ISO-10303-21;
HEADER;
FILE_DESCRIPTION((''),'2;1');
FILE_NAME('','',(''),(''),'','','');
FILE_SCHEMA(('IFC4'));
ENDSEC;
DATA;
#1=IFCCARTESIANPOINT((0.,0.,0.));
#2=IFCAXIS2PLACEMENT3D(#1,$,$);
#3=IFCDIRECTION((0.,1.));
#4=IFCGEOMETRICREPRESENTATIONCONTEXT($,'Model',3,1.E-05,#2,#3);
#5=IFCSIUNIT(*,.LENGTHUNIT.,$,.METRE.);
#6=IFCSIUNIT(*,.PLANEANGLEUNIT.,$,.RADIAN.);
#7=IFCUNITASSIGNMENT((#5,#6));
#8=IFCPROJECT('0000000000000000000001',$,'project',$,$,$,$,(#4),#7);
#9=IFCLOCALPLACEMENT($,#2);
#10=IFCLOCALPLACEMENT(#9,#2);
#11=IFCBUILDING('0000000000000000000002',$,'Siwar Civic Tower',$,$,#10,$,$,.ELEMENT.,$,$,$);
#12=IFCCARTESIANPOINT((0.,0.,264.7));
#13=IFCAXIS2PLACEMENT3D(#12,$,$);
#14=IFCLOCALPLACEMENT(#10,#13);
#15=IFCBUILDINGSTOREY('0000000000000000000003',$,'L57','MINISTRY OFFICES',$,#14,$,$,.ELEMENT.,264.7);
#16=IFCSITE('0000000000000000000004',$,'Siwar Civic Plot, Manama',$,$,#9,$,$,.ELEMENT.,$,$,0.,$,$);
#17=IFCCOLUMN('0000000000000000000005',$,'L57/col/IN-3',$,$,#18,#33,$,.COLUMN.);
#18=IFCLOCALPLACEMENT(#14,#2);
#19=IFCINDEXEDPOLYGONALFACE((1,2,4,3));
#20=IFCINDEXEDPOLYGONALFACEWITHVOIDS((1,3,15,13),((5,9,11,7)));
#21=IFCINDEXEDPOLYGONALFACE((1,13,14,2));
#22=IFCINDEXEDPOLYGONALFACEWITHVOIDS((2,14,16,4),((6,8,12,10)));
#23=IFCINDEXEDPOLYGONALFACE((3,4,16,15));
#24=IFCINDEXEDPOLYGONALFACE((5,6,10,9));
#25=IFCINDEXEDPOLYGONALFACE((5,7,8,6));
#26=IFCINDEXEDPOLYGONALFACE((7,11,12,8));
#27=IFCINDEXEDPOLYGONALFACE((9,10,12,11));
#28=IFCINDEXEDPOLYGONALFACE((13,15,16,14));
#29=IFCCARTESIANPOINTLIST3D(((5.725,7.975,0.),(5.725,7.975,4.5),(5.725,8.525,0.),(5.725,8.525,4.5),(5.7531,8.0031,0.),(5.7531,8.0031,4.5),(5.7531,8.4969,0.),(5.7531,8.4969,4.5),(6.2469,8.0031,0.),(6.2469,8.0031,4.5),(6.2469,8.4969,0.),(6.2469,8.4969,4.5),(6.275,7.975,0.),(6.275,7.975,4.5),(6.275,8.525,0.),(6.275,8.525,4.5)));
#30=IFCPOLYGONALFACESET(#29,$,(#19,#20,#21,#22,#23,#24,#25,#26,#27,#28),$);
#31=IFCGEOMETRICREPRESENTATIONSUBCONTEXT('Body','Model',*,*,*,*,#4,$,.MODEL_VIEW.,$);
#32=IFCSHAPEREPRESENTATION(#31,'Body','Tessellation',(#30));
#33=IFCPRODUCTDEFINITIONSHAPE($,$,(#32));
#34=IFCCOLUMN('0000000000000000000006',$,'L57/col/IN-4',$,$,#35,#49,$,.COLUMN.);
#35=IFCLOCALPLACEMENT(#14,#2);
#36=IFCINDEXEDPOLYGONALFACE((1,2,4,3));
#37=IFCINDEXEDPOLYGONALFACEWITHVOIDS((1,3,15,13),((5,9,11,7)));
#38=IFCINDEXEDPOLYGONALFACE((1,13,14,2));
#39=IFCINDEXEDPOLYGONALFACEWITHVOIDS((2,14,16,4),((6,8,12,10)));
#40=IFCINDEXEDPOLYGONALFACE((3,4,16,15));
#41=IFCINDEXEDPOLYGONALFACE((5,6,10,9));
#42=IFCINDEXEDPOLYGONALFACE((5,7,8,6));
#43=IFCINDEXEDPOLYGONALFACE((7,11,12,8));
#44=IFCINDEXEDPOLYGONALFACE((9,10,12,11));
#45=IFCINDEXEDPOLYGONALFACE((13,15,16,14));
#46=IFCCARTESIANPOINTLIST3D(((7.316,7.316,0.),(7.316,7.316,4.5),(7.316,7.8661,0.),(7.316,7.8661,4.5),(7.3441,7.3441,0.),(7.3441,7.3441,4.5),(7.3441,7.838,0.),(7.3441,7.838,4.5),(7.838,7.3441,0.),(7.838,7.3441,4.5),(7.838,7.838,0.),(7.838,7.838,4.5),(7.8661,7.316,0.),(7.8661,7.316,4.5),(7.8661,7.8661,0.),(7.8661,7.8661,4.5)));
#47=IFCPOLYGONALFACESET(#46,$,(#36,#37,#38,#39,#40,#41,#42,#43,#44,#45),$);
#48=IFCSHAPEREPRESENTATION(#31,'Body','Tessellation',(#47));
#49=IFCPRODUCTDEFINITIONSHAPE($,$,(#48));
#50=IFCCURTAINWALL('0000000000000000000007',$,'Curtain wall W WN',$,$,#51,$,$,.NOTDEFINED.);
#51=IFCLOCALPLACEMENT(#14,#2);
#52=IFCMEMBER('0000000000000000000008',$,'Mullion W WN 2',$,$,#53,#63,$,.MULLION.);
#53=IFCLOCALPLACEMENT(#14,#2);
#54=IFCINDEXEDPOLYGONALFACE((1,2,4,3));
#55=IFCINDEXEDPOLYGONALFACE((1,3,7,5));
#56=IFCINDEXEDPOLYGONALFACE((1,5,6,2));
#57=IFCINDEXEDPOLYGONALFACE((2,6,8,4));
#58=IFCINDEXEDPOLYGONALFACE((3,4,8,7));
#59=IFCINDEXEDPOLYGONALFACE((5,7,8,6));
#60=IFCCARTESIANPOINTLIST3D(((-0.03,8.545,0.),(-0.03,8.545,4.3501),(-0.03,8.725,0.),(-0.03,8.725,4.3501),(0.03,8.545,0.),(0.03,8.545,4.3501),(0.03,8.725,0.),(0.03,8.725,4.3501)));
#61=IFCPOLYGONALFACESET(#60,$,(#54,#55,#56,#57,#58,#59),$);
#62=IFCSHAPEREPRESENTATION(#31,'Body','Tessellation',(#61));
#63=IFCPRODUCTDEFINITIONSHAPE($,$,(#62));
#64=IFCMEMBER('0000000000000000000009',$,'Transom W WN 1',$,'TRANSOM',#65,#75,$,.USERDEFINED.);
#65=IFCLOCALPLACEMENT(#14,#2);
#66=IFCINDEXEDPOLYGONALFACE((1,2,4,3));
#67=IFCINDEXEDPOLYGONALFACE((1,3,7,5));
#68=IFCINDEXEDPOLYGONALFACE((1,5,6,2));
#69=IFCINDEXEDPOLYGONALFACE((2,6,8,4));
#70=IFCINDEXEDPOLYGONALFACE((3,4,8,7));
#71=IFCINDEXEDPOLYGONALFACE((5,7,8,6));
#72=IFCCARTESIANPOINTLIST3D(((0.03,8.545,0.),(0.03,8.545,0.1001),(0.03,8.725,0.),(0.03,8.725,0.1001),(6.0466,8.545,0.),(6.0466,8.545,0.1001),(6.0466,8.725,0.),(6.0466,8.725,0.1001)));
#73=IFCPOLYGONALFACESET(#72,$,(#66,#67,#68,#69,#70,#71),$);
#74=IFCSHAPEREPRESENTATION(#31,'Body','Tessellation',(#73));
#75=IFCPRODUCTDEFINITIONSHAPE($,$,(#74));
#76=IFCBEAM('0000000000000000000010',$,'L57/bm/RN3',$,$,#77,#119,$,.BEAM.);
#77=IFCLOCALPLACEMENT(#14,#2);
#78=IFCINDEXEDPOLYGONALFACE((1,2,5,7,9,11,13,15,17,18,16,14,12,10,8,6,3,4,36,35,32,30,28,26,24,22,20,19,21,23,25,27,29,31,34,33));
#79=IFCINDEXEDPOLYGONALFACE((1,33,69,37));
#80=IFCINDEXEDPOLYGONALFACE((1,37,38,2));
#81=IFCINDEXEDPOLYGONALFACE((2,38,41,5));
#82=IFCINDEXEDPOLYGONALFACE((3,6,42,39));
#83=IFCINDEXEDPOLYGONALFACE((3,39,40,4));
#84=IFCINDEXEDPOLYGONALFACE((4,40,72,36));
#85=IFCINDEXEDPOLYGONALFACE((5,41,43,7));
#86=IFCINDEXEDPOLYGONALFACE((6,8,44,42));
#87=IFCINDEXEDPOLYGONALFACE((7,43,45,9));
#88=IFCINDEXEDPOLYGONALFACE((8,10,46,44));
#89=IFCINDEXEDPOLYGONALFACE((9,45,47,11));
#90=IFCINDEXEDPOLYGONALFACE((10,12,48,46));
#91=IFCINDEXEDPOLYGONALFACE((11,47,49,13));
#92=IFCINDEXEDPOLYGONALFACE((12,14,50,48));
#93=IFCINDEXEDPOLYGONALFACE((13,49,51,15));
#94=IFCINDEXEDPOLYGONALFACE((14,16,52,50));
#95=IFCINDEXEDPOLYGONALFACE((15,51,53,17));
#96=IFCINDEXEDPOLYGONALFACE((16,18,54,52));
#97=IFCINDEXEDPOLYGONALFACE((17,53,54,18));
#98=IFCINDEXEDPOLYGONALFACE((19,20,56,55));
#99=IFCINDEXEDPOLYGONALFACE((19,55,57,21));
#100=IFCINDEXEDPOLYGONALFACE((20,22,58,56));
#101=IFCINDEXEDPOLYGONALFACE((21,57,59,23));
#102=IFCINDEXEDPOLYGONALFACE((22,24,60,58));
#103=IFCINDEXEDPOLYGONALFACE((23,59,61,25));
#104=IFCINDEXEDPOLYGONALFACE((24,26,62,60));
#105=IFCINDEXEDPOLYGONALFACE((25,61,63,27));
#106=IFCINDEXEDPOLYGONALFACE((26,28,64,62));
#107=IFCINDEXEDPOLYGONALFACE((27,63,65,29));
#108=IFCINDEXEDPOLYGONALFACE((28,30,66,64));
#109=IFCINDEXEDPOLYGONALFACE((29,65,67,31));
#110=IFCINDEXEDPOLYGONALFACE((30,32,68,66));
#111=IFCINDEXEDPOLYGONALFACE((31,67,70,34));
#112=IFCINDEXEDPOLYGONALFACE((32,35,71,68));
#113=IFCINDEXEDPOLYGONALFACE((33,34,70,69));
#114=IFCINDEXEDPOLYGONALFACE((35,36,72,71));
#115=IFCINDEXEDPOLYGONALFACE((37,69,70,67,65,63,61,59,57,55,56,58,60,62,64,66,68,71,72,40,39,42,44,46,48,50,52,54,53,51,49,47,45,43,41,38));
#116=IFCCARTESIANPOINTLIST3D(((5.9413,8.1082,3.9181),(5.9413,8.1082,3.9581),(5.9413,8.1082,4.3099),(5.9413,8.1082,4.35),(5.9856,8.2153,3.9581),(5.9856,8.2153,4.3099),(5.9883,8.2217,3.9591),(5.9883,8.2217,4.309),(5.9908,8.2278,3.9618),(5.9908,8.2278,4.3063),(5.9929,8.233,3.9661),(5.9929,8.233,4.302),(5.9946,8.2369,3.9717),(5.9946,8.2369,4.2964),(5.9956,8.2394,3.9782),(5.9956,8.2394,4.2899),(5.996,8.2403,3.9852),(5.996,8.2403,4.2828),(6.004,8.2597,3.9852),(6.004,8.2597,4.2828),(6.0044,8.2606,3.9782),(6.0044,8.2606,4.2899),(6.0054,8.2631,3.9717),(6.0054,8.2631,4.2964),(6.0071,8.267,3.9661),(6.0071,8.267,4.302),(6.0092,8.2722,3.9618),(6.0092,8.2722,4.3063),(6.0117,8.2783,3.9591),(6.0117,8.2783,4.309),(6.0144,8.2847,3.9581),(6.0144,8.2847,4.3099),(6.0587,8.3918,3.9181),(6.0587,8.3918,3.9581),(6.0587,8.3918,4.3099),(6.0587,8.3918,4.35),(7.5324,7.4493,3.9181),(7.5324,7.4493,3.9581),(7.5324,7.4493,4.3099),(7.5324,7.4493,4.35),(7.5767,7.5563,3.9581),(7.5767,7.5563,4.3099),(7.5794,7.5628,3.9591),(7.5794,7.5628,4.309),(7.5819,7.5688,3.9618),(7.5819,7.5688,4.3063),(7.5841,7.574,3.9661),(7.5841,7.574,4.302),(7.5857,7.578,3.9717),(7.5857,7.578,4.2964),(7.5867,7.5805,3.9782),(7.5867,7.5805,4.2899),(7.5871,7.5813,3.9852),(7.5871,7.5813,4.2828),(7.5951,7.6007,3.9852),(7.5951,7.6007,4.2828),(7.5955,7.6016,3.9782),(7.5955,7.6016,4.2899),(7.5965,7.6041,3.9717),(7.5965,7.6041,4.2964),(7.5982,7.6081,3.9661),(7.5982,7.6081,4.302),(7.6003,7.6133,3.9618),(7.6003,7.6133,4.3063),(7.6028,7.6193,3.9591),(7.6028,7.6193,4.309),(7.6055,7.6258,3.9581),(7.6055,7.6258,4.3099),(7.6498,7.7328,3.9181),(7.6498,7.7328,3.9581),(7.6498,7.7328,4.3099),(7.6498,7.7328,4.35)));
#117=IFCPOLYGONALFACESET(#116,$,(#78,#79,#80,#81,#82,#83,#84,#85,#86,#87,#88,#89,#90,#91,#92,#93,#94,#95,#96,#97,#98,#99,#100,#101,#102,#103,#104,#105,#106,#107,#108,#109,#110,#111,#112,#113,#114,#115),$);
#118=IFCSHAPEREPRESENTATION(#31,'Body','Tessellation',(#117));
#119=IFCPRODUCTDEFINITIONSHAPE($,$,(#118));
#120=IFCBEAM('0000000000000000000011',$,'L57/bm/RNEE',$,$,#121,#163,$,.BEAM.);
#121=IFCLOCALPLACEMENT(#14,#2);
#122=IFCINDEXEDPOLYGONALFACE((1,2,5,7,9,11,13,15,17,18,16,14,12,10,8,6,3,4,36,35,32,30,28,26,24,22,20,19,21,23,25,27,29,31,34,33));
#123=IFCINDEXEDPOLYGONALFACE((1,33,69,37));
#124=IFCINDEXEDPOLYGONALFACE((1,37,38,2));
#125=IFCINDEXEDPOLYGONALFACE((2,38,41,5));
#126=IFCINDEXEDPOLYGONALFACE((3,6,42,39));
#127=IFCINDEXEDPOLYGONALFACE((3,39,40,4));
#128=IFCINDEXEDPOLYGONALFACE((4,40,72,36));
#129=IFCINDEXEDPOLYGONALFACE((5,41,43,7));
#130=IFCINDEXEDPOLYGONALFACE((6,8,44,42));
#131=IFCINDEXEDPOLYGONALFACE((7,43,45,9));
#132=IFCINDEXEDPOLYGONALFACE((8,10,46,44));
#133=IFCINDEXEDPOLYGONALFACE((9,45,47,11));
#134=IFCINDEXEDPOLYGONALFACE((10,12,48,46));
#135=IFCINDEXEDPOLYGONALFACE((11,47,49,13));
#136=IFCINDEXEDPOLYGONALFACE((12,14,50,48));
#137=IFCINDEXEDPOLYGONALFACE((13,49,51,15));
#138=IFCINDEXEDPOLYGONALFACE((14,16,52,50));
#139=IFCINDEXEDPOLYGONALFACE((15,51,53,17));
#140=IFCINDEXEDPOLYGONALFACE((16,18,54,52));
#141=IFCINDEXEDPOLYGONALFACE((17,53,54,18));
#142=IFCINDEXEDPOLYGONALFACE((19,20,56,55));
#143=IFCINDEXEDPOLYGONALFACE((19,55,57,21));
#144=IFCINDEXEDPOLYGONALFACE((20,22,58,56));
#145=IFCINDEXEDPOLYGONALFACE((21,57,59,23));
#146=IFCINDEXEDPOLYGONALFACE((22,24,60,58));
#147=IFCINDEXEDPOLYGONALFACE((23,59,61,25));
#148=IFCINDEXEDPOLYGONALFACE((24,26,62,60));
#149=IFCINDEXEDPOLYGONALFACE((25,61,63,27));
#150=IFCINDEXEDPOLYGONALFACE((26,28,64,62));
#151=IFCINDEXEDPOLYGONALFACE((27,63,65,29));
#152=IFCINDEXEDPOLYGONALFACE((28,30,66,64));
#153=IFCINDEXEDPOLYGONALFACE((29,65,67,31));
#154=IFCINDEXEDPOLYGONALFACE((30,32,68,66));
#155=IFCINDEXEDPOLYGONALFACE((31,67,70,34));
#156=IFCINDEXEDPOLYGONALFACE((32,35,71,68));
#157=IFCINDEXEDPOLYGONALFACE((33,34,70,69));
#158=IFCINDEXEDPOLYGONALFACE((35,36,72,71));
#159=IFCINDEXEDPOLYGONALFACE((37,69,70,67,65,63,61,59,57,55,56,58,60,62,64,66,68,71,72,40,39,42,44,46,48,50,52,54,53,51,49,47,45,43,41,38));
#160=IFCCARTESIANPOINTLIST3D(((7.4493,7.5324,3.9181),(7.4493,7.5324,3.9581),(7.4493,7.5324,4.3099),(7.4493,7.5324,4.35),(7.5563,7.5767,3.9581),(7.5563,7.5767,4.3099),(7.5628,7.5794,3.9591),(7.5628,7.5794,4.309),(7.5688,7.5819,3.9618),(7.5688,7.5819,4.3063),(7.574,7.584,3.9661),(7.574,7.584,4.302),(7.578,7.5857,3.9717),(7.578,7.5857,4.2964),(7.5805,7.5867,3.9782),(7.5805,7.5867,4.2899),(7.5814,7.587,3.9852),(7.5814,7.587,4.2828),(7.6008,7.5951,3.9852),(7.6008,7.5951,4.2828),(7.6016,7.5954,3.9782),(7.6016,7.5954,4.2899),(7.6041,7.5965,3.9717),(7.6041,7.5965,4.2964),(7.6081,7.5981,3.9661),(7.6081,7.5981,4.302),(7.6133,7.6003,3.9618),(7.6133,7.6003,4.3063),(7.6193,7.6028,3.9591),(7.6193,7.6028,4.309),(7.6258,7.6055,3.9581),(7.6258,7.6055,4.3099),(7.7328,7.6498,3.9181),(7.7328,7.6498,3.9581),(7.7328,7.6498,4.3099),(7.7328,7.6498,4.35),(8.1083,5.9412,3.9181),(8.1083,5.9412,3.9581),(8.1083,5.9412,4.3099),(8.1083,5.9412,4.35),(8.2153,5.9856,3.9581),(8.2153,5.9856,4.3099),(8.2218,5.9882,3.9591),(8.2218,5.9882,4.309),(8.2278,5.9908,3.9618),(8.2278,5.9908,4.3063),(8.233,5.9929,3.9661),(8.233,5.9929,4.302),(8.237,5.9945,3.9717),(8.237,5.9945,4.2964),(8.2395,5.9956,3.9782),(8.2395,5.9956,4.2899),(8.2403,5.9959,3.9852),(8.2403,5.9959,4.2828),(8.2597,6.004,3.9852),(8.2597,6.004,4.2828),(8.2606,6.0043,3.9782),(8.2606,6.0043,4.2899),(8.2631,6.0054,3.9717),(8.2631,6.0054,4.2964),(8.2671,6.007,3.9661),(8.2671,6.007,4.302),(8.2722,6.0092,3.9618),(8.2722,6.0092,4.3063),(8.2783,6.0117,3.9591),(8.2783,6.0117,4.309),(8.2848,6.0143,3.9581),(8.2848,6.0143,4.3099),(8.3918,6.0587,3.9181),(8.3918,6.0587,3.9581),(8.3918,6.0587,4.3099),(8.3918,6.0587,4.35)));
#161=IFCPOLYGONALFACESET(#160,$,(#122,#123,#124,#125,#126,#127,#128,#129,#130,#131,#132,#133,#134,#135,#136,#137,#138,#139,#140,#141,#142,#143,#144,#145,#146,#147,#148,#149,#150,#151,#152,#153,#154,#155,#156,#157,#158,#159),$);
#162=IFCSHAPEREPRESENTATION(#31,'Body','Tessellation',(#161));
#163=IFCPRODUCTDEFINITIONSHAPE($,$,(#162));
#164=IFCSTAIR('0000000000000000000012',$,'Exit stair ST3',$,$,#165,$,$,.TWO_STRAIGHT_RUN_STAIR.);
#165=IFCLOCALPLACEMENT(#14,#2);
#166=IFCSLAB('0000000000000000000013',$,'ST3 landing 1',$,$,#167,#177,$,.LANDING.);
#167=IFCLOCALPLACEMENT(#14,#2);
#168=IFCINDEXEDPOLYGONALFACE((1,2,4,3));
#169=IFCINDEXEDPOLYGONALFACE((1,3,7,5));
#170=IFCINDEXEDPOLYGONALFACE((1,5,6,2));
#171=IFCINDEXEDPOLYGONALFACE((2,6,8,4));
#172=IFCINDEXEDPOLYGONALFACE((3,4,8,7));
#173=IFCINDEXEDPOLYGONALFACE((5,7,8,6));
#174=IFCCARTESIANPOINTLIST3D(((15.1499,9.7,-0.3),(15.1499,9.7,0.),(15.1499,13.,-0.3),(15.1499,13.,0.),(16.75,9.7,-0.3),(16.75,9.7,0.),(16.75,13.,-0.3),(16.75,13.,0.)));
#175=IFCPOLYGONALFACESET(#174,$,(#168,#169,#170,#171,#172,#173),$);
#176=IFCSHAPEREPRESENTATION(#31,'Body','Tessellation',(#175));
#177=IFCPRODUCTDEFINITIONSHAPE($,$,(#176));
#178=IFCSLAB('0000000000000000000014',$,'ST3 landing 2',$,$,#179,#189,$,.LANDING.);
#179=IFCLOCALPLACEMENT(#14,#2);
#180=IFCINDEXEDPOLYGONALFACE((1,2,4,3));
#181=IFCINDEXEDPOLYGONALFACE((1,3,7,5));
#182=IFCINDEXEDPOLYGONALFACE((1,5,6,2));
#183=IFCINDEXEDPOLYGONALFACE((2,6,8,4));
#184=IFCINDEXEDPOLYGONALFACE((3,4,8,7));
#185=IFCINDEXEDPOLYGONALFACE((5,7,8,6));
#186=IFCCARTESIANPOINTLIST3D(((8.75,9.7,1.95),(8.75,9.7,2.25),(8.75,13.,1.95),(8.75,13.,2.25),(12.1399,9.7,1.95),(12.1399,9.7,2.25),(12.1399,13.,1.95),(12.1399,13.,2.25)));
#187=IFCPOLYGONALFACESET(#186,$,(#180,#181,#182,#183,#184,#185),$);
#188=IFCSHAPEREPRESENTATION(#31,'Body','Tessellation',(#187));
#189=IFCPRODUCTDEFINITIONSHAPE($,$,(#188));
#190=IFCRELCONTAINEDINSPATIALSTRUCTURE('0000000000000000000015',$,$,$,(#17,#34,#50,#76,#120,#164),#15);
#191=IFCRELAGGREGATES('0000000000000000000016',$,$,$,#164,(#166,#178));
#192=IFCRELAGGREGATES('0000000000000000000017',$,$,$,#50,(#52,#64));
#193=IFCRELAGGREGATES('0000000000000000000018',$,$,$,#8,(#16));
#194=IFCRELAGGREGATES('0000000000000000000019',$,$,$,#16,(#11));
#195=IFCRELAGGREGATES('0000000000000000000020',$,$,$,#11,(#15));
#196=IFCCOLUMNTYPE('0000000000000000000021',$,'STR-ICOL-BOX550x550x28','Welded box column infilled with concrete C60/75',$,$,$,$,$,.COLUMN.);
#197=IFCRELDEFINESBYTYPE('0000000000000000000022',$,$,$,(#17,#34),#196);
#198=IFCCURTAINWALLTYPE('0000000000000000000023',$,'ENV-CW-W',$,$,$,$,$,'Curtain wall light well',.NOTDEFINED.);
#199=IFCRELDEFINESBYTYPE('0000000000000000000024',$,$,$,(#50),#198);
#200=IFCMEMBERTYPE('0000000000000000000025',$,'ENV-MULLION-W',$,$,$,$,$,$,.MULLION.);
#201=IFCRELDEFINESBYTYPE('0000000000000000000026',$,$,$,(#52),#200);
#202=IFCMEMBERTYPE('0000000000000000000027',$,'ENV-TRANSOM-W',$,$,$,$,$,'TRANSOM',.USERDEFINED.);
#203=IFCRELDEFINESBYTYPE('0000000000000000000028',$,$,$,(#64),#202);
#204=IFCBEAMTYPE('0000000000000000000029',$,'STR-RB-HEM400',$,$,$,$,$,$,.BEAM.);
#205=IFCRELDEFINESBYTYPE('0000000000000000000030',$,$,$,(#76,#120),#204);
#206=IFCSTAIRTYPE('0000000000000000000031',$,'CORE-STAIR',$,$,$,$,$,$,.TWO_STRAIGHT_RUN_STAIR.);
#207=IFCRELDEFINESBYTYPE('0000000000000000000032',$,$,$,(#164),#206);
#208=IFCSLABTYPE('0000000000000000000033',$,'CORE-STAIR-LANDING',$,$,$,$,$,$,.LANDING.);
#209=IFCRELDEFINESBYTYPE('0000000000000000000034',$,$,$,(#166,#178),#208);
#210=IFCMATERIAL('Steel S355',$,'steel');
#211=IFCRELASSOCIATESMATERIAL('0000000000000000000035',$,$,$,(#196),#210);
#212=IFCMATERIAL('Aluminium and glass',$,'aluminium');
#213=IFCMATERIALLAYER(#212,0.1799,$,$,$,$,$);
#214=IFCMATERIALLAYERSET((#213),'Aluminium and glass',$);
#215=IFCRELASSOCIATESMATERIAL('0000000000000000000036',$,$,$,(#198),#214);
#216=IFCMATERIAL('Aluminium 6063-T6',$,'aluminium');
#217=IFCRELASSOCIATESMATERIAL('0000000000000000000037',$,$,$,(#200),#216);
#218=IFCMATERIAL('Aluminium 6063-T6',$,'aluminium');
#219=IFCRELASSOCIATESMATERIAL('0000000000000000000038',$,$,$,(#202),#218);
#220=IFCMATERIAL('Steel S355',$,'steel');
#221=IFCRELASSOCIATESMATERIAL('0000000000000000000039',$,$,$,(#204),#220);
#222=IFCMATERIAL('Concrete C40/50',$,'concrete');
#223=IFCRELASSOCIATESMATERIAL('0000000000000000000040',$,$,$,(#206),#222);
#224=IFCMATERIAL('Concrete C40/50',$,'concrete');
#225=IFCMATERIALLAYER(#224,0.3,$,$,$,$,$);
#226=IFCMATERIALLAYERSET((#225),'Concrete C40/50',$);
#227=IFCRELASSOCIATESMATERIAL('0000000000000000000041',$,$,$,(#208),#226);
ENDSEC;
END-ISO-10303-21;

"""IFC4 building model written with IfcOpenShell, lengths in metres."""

from ifc_helpers import new_model, si_unit, direction, frame, origin, origin_2d, place, context, subcontext, project, spatial, polyline, rectangle, hollow_rectangle, i_section, outline, extrude, material, layer, layer_set, material_profile, profile_set, type_object, element, aggregate, save


model = new_model("IFC4")

# Units and contexts
model_context = context("Model", 3, precision=1e-05, world=origin(), true_north=direction((0.0, 1.0)))
body_context = subcontext(model_context, "Body", "Model", "MODEL_VIEW")
ifc_project = project(units=[si_unit("LENGTHUNIT", "METRE"), si_unit("PLANEANGLEUNIT", "RADIAN")], contexts=[model_context])

# Site, building, storey
site_placement = place(None, origin())
site = spatial("IfcSite", under=ifc_project, at=site_placement, Name="Siwar Civic Plot, Manama", CompositionType="ELEMENT", RefElevation=0.0)
building_placement = place(site_placement, origin())
building = spatial("IfcBuilding", under=site, at=building_placement, Name="Siwar Civic Tower", CompositionType="ELEMENT")
storey_placement = place(building_placement, frame((0.0, 0.0, 264.7)))
storey = spatial("IfcBuildingStorey", under=building, at=storey_placement, Name="L57", Description="MINISTRY OFFICES", CompositionType="ELEMENT", Elevation=264.7)

# Columns
ifc_material_1 = material(Name="Steel S355", Category="steel")
ifc_material_profile_1 = material_profile(ifc_material_1, hollow_rectangle(XDim=0.55, YDim=0.55, WallThickness=0.0281, at=origin_2d()), Name="BOX550x550x28")
ifc_profile_set_1 = profile_set([ifc_material_profile_1], Name="Steel S355")
column_type = type_object("IfcColumnType", Name="STR-ICOL-BOX550x550x28", Description="Welded box column infilled with concrete C60/75", PredefinedType="COLUMN", material=ifc_profile_set_1)
for number, where, z_axis, x_axis, name in (
    (1, (6.0, 8.25, 0.0), (0.0, 0.0, 1.0), (1.0, 0.0, 0.0), "L57/col/IN-3"),
    (2, (7.5911, 7.5911, 0.0), (0.0, 0.0, 1.0), (1.0, 0.0, 0.0), "L57/col/IN-4"),
):
    element("IfcColumn", number, at=place(storey_placement, frame(where, z_axis=z_axis, x_axis=x_axis)), inside=storey, type_object=column_type, Name=name, PredefinedType="COLUMN", context=body_context, shape_type="SweptSolid", body=[
        extrude(hollow_rectangle(XDim=0.55, YDim=0.55, WallThickness=0.0281, at=origin_2d()), origin(), (0.0, 0.0, 1.0), 4.5),
    ])

# Curtain wall, members
ifc_material_2 = material(Name="Aluminium and glass", Category="aluminium")
ifc_layer_1 = layer(ifc_material_2, 0.1799)
ifc_layer_set_1 = layer_set([ifc_layer_1], Name="Aluminium and glass")
curtain_wall_type = type_object("IfcCurtainWallType", Name="ENV-CW-W", ElementType="Curtain wall light well", PredefinedType="NOTDEFINED", material=ifc_layer_set_1)
curtain_wall_placement = place(storey_placement, origin())
curtain_wall = element("IfcCurtainWall", 3, at=curtain_wall_placement, inside=storey, type_object=curtain_wall_type, Name="Curtain wall W WN", PredefinedType="NOTDEFINED")
ifc_material_3 = material(Name="Aluminium 6063-T6", Category="aluminium")
ifc_material_profile_2 = material_profile(ifc_material_3, rectangle(XDim=0.1799, YDim=0.0601, at=origin_2d()), Name="AL 180x60")
ifc_profile_set_2 = profile_set([ifc_material_profile_2], Name="Aluminium 6063-T6")
member_type_1 = type_object("IfcMemberType", Name="ENV-MULLION-W", PredefinedType="MULLION", material=ifc_profile_set_2)
member_1_placement = place(storey_placement, frame((0.0, 8.635, 0.0), z_axis=(0.0, 0.0, 1.0), x_axis=(0.0, -1.0, 0.0)))
member_1 = element("IfcMember", 4, at=member_1_placement, type_object=member_type_1, Name="Mullion W WN 2", PredefinedType="MULLION", context=body_context, shape_type="SweptSolid", body=[
    extrude(rectangle(XDim=0.1799, YDim=0.0601, at=origin_2d()), origin(), (0.0, 0.0, 1.0), 4.3501),
])
ifc_material_4 = material(Name="Aluminium 6063-T6", Category="aluminium")
ifc_material_profile_3 = material_profile(ifc_material_4, rectangle(XDim=0.1799, YDim=0.1001, at=origin_2d()), Name="AL 180x100")
ifc_profile_set_3 = profile_set([ifc_material_profile_3], Name="Aluminium 6063-T6")
member_type_2 = type_object("IfcMemberType", Name="ENV-TRANSOM-W", ElementType="TRANSOM", PredefinedType="USERDEFINED", material=ifc_profile_set_3)
member_2_placement = place(storey_placement, frame((6.0466, 8.635, 0.05), z_axis=(-1.0, 0.0, 0.0), x_axis=(0.0, -1.0, 0.0)))
member_2 = element("IfcMember", 5, at=member_2_placement, type_object=member_type_2, Name="Transom W WN 1", ObjectType="TRANSOM", PredefinedType="USERDEFINED", context=body_context, shape_type="SweptSolid", body=[
    extrude(rectangle(XDim=0.1799, YDim=0.1001, at=origin_2d()), origin(), (0.0, 0.0, 1.0), 6.0166),
])

# Beams
ifc_material_5 = material(Name="Steel S355", Category="steel")
ifc_material_profile_4 = material_profile(ifc_material_5, i_section(OverallWidth=0.3069, OverallDepth=0.4319, WebThickness=0.021, FlangeThickness=0.04, FilletRadius=0.0271, at=origin_2d()), Name="HEM400")
ifc_profile_set_4 = profile_set([ifc_material_profile_4], Name="Steel S355")
beam_type = type_object("IfcBeamType", Name="STR-RB-HEM400", PredefinedType="BEAM", material=ifc_profile_set_4)
for number, where, z_axis, x_axis, name in (
    (6, (6.0, 8.25, 4.134), (0.923901, -0.382631, 0.0), (0.382631, 0.923901, 0.0), "L57/bm/RN3"),
    (7, (7.5911, 7.5911, 4.134), (0.382631, -0.923901, 0.0), (0.923901, 0.382631, 0.0), "L57/bm/RNEE"),
):
    element("IfcBeam", number, at=place(storey_placement, frame(where, z_axis=z_axis, x_axis=x_axis)), inside=storey, type_object=beam_type, Name=name, PredefinedType="BEAM", context=body_context, shape_type="SweptSolid", body=[
        extrude(i_section(OverallWidth=0.3069, OverallDepth=0.4319, WebThickness=0.021, FlangeThickness=0.04, FilletRadius=0.0271, at=origin_2d()), origin(), (0.0, 0.0, 1.0), 1.7222),
    ])

# Stair, slabs
ifc_material_6 = material(Name="Concrete C40/50", Category="concrete")
stair_type = type_object("IfcStairType", Name="CORE-STAIR", PredefinedType="TWO_STRAIGHT_RUN_STAIR", material=ifc_material_6)
stair_1_placement = place(storey_placement, origin())
stair_1 = element("IfcStair", 8, at=stair_1_placement, inside=storey, type_object=stair_type, Name="Exit stair ST3", PredefinedType="TWO_STRAIGHT_RUN_STAIR")
ifc_material_7 = material(Name="Concrete C40/50", Category="concrete")
ifc_layer_2 = layer(ifc_material_7, 0.3)
ifc_layer_set_2 = layer_set([ifc_layer_2], Name="Concrete C40/50")
slab_type = type_object("IfcSlabType", Name="CORE-STAIR-LANDING", PredefinedType="LANDING", material=ifc_layer_set_2)
slab_1_placement = place(storey_placement, frame((0.0, 0.0, -0.3)))
slab_1 = element("IfcSlab", 9, at=slab_1_placement, type_object=slab_type, Name="ST3 landing 1", PredefinedType="LANDING", context=body_context, shape_type="SweptSolid", body=[
    extrude(outline(polyline([(15.1499, 9.7), (16.75, 9.7), (16.75, 13.0), (15.1499, 13.0), (15.1499, 9.7)])), origin(), (0.0, 0.0, 1.0), 0.3),
])
slab_2_placement = place(storey_placement, frame((0.0, 0.0, 1.95)))
slab_2 = element("IfcSlab", 10, at=slab_2_placement, type_object=slab_type, Name="ST3 landing 2", PredefinedType="LANDING", context=body_context, shape_type="SweptSolid", body=[
    extrude(outline(polyline([(8.75, 9.7), (12.1399, 9.7), (12.1399, 13.0), (8.75, 13.0), (8.75, 9.7)])), origin(), (0.0, 0.0, 1.0), 0.3),
])
aggregate(stair_1, [slab_1, slab_2])

aggregate(curtain_wall, [member_1, member_2])

save(model, "model.ifc")
